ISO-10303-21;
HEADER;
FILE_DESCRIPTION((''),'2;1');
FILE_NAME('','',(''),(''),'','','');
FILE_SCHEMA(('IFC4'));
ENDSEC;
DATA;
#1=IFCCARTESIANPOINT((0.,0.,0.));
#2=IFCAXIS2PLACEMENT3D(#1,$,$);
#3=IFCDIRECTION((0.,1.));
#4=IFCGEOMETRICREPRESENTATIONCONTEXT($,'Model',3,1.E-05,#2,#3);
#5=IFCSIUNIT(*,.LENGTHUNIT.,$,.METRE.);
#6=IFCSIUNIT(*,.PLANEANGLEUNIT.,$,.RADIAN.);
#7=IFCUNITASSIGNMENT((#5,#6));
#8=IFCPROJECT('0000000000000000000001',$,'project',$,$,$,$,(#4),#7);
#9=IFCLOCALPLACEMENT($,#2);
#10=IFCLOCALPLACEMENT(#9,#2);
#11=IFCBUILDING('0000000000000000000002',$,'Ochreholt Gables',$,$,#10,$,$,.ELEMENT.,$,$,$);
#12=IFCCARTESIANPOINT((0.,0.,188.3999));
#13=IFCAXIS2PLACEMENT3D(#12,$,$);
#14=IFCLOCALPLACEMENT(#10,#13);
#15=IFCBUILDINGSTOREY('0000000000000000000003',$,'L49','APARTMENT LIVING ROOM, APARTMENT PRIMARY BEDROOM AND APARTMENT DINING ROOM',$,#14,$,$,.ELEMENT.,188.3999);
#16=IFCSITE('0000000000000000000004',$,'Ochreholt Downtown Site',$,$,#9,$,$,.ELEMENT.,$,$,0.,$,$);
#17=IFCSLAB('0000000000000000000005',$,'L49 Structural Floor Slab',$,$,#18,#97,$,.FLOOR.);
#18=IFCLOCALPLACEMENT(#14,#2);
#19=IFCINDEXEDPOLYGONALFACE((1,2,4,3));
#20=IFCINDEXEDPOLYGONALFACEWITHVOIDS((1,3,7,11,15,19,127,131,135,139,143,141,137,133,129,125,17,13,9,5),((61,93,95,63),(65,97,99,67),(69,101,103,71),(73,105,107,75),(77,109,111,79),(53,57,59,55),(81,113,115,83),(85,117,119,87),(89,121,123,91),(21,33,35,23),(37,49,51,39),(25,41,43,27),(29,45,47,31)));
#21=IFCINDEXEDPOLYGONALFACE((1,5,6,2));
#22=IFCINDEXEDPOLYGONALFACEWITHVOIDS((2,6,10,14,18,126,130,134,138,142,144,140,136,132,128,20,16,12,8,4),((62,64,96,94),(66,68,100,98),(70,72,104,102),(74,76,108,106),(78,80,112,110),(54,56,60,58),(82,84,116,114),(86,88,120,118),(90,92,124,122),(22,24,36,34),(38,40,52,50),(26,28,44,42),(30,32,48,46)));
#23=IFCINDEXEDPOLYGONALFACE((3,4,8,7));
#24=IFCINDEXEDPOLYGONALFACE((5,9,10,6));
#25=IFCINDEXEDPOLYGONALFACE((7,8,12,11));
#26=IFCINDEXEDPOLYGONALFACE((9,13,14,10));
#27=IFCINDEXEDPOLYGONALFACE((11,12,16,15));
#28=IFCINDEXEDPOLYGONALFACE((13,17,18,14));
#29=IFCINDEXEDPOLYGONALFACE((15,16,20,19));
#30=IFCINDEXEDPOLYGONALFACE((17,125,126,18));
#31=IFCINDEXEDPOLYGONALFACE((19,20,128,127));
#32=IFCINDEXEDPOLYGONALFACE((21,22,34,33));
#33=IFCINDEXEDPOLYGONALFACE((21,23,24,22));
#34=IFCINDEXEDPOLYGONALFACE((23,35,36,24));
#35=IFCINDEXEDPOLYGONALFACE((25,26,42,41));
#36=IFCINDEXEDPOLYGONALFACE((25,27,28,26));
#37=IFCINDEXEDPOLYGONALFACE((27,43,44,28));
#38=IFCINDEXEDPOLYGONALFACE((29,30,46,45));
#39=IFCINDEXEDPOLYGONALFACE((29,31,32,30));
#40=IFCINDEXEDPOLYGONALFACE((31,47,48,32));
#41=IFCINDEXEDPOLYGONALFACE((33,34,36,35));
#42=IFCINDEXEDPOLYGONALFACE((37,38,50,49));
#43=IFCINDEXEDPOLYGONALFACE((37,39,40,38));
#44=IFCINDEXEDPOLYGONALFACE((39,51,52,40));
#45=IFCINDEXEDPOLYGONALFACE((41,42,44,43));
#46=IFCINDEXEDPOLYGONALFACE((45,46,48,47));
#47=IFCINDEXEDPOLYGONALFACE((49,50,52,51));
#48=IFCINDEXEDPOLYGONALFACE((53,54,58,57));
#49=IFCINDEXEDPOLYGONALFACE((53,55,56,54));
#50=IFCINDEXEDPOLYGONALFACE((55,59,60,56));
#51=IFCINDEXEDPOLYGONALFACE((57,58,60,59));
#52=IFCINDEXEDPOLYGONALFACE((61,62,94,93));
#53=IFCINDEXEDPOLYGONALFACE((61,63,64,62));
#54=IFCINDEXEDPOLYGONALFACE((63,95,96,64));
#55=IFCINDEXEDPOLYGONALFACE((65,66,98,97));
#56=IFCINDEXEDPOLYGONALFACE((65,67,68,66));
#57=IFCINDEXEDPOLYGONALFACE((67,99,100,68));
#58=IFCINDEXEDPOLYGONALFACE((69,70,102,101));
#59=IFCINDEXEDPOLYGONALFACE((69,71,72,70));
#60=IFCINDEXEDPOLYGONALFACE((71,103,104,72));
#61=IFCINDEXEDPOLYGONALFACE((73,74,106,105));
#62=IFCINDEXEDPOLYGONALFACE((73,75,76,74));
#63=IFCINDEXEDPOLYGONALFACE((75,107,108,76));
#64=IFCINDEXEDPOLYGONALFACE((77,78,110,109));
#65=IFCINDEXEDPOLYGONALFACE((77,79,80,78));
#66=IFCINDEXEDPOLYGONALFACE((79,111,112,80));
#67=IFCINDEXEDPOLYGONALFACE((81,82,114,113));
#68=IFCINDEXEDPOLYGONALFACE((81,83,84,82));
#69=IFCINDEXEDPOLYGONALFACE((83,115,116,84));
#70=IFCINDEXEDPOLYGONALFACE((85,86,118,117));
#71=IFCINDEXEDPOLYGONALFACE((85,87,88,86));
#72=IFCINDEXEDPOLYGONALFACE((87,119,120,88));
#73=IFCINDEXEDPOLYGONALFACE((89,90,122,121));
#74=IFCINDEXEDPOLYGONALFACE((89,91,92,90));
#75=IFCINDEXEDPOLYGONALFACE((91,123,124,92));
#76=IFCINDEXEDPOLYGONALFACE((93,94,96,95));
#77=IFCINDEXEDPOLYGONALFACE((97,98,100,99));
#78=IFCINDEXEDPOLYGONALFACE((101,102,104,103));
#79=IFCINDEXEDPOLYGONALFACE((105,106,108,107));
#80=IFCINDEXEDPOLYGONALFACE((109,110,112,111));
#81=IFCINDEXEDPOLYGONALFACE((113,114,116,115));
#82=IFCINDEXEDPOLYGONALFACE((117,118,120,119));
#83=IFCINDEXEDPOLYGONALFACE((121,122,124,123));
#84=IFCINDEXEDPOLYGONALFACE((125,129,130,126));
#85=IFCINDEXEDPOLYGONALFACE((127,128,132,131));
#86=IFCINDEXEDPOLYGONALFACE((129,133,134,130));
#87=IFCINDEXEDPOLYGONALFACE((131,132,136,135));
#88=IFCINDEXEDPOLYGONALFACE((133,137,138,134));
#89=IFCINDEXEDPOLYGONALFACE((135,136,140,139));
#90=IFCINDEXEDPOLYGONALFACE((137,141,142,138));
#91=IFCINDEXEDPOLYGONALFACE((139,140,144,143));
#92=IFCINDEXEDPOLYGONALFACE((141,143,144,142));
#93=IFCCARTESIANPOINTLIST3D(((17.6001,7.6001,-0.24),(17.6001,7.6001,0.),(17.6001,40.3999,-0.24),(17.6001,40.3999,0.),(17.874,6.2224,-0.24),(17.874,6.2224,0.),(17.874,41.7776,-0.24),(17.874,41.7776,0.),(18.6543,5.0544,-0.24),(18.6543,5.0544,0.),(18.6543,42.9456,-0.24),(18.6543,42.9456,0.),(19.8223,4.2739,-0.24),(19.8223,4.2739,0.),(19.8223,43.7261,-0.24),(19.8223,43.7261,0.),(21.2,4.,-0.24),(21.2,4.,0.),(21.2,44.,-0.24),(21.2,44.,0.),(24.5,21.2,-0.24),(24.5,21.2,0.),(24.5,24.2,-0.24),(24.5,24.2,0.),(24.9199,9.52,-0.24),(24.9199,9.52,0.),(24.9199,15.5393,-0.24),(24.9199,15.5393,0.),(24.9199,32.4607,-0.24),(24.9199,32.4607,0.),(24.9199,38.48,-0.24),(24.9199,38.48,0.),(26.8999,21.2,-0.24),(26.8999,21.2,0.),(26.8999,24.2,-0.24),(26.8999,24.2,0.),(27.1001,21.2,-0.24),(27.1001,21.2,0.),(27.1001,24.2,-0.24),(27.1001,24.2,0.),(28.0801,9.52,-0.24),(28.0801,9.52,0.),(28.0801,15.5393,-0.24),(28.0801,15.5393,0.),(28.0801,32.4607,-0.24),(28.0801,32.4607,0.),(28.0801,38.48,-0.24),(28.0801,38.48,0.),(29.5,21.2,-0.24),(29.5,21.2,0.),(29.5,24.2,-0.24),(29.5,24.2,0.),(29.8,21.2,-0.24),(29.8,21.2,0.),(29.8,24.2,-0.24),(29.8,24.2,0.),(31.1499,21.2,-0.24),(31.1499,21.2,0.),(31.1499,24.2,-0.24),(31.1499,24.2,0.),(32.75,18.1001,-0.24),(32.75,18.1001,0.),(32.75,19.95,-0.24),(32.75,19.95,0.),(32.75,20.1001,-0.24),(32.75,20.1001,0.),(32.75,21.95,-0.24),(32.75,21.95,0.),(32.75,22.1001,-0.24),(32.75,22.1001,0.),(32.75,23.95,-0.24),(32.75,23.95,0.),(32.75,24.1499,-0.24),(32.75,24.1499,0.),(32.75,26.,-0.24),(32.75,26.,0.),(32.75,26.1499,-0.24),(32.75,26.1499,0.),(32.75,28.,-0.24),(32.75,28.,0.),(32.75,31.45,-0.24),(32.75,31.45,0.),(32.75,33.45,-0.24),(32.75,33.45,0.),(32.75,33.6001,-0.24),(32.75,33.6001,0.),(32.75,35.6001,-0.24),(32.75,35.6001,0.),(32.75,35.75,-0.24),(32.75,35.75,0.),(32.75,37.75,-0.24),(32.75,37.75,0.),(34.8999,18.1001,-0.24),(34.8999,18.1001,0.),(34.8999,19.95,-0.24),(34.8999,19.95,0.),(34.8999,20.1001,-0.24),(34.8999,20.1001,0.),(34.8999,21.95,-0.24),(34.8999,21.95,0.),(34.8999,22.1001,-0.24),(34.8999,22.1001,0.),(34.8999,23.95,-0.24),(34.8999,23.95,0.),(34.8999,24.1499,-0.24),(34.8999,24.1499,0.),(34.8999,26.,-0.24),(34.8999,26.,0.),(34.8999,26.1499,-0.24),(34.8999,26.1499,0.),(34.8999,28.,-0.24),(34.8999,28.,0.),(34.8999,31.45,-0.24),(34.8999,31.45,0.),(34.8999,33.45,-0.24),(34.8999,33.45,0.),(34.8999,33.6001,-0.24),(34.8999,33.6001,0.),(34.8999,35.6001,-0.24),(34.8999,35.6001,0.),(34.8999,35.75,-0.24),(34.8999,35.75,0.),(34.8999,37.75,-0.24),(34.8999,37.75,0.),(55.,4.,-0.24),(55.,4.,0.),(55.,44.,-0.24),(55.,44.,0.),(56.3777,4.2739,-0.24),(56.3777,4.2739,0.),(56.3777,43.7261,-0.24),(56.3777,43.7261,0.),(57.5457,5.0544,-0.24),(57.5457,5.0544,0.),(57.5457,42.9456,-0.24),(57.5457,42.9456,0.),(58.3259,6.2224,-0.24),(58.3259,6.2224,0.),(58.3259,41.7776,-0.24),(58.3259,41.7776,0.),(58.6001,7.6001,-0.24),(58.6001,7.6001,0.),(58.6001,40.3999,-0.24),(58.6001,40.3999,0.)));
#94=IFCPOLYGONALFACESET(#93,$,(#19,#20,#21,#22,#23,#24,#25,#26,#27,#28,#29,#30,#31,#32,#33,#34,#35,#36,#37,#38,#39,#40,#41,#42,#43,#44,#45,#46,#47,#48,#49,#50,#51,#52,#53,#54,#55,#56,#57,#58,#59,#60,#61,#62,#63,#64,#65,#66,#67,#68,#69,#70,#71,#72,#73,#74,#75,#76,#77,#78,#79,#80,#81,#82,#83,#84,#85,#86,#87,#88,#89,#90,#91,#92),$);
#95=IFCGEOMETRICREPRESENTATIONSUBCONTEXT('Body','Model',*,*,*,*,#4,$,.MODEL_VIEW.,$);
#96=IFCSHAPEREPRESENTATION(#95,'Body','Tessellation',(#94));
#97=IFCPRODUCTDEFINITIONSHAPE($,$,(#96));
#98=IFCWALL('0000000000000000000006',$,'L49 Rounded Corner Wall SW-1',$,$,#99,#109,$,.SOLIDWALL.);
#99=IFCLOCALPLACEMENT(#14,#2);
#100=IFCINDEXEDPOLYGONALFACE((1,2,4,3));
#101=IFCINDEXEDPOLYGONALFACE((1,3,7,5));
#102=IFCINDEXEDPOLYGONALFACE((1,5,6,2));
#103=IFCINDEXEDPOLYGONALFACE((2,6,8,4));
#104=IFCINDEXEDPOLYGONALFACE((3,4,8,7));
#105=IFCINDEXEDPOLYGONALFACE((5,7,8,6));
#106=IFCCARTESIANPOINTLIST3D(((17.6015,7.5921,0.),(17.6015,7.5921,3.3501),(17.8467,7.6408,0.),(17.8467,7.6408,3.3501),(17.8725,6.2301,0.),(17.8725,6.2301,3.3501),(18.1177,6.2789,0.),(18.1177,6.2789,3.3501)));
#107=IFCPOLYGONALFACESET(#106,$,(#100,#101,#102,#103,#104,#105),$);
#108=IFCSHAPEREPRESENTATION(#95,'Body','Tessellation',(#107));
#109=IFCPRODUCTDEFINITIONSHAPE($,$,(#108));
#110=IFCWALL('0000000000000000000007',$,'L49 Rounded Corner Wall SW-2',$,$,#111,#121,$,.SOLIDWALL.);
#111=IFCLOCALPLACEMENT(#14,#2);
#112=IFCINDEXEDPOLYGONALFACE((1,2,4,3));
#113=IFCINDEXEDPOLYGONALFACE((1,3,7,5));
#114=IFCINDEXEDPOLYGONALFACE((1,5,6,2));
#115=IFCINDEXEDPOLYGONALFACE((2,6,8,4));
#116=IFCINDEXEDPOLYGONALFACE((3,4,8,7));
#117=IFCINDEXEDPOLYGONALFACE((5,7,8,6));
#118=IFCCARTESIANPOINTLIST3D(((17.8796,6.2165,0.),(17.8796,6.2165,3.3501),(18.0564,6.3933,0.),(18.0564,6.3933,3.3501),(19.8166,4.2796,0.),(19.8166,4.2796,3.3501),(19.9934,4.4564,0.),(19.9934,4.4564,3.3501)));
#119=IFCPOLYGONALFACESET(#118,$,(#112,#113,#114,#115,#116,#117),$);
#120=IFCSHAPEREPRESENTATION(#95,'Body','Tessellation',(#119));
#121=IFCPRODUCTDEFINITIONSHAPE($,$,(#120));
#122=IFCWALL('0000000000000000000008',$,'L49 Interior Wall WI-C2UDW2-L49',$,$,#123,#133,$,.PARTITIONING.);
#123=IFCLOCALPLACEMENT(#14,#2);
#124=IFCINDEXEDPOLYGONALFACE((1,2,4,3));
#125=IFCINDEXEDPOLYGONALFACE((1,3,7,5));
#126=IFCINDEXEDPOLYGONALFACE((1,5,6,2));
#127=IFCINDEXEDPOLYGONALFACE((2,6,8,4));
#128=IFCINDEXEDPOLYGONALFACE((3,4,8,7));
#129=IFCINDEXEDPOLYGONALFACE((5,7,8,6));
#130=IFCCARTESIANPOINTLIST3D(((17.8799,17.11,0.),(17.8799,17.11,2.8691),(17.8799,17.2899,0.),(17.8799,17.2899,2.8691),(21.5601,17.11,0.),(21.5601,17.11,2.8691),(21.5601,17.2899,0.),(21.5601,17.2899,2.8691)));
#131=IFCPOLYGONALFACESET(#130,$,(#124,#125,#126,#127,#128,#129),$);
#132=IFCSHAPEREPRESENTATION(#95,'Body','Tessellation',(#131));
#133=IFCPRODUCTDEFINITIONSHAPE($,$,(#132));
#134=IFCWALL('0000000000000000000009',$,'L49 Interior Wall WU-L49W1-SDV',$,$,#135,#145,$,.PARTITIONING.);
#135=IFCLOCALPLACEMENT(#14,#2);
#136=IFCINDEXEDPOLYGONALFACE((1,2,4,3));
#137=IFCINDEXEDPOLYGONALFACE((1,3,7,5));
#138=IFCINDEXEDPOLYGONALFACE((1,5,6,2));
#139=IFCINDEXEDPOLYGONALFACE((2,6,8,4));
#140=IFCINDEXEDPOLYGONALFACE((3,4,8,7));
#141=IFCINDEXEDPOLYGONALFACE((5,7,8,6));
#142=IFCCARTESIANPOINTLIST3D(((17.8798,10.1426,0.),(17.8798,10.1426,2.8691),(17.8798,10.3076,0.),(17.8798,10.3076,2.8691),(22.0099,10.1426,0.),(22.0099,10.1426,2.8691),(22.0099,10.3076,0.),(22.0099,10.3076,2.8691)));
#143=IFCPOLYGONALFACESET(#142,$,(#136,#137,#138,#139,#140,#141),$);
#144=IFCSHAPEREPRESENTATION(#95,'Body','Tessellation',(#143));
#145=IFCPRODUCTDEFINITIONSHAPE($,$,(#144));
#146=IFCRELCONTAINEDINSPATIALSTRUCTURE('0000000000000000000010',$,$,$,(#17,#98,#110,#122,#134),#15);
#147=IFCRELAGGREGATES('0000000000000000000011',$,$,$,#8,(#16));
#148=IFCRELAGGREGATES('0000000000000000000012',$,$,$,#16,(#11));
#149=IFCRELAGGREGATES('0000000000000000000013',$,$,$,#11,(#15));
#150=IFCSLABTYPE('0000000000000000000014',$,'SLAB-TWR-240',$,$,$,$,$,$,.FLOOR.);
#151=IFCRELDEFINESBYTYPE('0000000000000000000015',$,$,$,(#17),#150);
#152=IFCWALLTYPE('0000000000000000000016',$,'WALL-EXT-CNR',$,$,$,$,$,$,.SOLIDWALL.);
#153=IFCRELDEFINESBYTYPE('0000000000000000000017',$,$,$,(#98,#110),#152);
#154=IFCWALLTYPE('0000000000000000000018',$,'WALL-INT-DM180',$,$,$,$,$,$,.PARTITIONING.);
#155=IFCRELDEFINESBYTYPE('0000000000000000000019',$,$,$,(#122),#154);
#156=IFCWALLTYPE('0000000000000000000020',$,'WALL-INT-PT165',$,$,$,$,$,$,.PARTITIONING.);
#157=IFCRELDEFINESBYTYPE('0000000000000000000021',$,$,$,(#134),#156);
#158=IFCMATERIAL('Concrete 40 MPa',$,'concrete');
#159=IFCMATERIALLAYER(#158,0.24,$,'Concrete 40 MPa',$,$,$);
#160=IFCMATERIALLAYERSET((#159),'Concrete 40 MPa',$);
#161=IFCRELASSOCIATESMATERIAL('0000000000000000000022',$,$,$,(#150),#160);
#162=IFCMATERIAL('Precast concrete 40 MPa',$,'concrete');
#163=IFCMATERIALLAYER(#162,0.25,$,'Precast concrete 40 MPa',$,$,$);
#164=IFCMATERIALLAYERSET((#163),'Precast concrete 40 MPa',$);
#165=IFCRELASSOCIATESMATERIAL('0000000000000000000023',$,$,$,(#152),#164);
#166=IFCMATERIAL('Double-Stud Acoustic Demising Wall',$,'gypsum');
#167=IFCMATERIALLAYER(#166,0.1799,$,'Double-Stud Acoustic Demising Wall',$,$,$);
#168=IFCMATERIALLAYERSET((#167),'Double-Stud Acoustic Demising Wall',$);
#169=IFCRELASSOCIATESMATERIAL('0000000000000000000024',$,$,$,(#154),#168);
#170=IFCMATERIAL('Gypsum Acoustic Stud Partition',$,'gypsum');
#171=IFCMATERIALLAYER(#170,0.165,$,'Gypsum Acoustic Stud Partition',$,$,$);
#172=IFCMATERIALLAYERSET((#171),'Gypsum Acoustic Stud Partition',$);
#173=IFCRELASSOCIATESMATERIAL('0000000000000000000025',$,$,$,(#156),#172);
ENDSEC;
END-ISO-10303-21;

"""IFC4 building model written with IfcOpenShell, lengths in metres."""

from ifc_helpers import new_model, si_unit, direction, frame, frame_2d, origin, place, context, subcontext, project, spatial, polyline, rectangle, outline, extrude, material, layer, layer_set, type_object, element, save


model = new_model("IFC4")

# Units and contexts
model_context = context("Model", 3, precision=1e-05, world=origin(), true_north=direction((0.0, 1.0)))
body_context = subcontext(model_context, "Body", "Model", "MODEL_VIEW")
ifc_project = project(units=[si_unit("LENGTHUNIT", "METRE"), si_unit("PLANEANGLEUNIT", "RADIAN")], contexts=[model_context])

# Site, building, storey
site_placement = place(None, origin())
site = spatial("IfcSite", under=ifc_project, at=site_placement, Name="Ochreholt Downtown Site", CompositionType="ELEMENT", RefElevation=0.0)
building_placement = place(site_placement, origin())
building = spatial("IfcBuilding", under=site, at=building_placement, Name="Ochreholt Gables", CompositionType="ELEMENT")
storey_placement = place(building_placement, frame((0.0, 0.0, 188.3999)))
storey = spatial("IfcBuildingStorey", under=building, at=storey_placement, Name="L49", Description="APARTMENT LIVING ROOM, APARTMENT PRIMARY BEDROOM AND APARTMENT DINING ROOM", CompositionType="ELEMENT", Elevation=188.3999)

# Shared definitions
ifc_material_1 = material(Name="Concrete 40 MPa", Category="concrete")

# Slab
ifc_layer_1 = layer(ifc_material_1, 0.24, Name="Concrete 40 MPa")
ifc_layer_set_1 = layer_set([ifc_layer_1], Name="Concrete 40 MPa")
slab_type_1 = type_object("IfcSlabType", Name="SLAB-TWR-240", PredefinedType="FLOOR", material=ifc_layer_set_1)
slab_1_placement = place(storey_placement, frame((0.0, 0.0, -0.24)))
element("IfcSlab", 1, at=slab_1_placement, inside=storey, type_object=slab_type_1, Name="L49 Structural Floor Slab", PredefinedType="FLOOR", context=body_context, shape_type="SweptSolid", body=[
    extrude(outline(polyline([(17.6001, 7.6001), (17.874, 6.2224), (18.6543, 5.0544), (19.8223, 4.2739), (21.2, 4.0), (55.0, 4.0), (56.3777, 4.2739), (57.5457, 5.0544), (58.3259, 6.2224), (58.6001, 7.6001), (58.6001, 40.3999), (58.3259, 41.7776), (57.5457, 42.9456), (56.3777, 43.7261), (55.0, 44.0), (21.2, 44.0), (19.8223, 43.7261), (18.6543, 42.9456), (17.874, 41.7776), (17.6001, 40.3999), (17.6001, 7.6001)]), holes=[polyline([(24.9199, 15.5393), (24.9199, 9.52), (28.0801, 9.52), (28.0801, 15.5393), (24.9199, 15.5393)]), polyline([(28.0801, 32.4607), (28.0801, 38.48), (24.9199, 38.48), (24.9199, 32.4607), (28.0801, 32.4607)]), polyline([(24.5, 21.2), (26.8999, 21.2), (26.8999, 24.2), (24.5, 24.2), (24.5, 21.2)]), polyline([(27.1001, 21.2), (29.5, 21.2), (29.5, 24.2), (27.1001, 24.2), (27.1001, 21.2)]), polyline([(32.75, 18.1001), (34.8999, 18.1001), (34.8999, 19.95), (32.75, 19.95), (32.75, 18.1001)]), polyline([(32.75, 20.1001), (34.8999, 20.1001), (34.8999, 21.95), (32.75, 21.95), (32.75, 20.1001)]), polyline([(32.75, 22.1001), (34.8999, 22.1001), (34.8999, 23.95), (32.75, 23.95), (32.75, 22.1001)]), polyline([(32.75, 24.1499), (34.8999, 24.1499), (34.8999, 26.0), (32.75, 26.0), (32.75, 24.1499)]), polyline([(32.75, 26.1499), (34.8999, 26.1499), (34.8999, 28.0), (32.75, 28.0), (32.75, 26.1499)]), polyline([(32.75, 31.45), (34.8999, 31.45), (34.8999, 33.45), (32.75, 33.45), (32.75, 31.45)]), polyline([(32.75, 33.6001), (34.8999, 33.6001), (34.8999, 35.6001), (32.75, 35.6001), (32.75, 33.6001)]), polyline([(32.75, 35.75), (34.8999, 35.75), (34.8999, 37.75), (32.75, 37.75), (32.75, 35.75)]), polyline([(29.8, 21.2), (31.1499, 21.2), (31.1499, 24.2), (29.8, 24.2), (29.8, 21.2)])]), origin(), (0.0, 0.0, 1.0), 0.24),
])

# Walls
ifc_material_2 = material(Name="Precast concrete 40 MPa", Category="concrete")
ifc_layer_2 = layer(ifc_material_2, 0.25, Name="Precast concrete 40 MPa")
ifc_layer_set_2 = layer_set([ifc_layer_2], Name="Precast concrete 40 MPa")
wall_type_1 = type_object("IfcWallType", Name="WALL-EXT-CNR", PredefinedType="SOLIDWALL", material=ifc_layer_set_2)
wall_1_placement = place(storey_placement, frame((17.7241, 7.6165, 0.0), z_axis=(0.0, 0.0, 1.0), x_axis=(0.195136, -0.980776, 0.0)))
element("IfcWall", 2, at=wall_1_placement, inside=storey, type_object=wall_type_1, Name="L49 Rounded Corner Wall SW-1", PredefinedType="SOLIDWALL", context=body_context, shape_type="SweptSolid", body=[
    extrude(rectangle(XDim=1.3887, YDim=0.25, at=frame_2d((0.6943, 0.0))), origin(), (0.0, 0.0, 1.0), 3.3501),
])
wall_2_placement = place(storey_placement, frame((17.968, 6.3049, 0.0), z_axis=(0.0, 0.0, 1.0), x_axis=(0.707107, -0.707107, 0.0)))
element("IfcWall", 3, at=wall_2_placement, inside=storey, type_object=wall_type_1, Name="L49 Rounded Corner Wall SW-2", PredefinedType="SOLIDWALL", context=body_context, shape_type="SweptSolid", body=[
    extrude(rectangle(XDim=2.7393, YDim=0.25, at=frame_2d((1.3696, 0.0))), origin(), (0.0, 0.0, 1.0), 3.3501),
])
ifc_material_3 = material(Name="Double-Stud Acoustic Demising Wall", Category="gypsum")
ifc_layer_3 = layer(ifc_material_3, 0.1799, Name="Double-Stud Acoustic Demising Wall")
ifc_layer_set_3 = layer_set([ifc_layer_3], Name="Double-Stud Acoustic Demising Wall")
wall_type_2 = type_object("IfcWallType", Name="WALL-INT-DM180", PredefinedType="PARTITIONING", material=ifc_layer_set_3)
wall_3_placement = place(storey_placement, frame((17.8799, 17.2, 0.0), z_axis=(0.0, 0.0, 1.0), x_axis=(1.0, 0.0, 0.0)))
element("IfcWall", 4, at=wall_3_placement, inside=storey, type_object=wall_type_2, Name="L49 Interior Wall WI-C2UDW2-L49", PredefinedType="PARTITIONING", context=body_context, shape_type="SweptSolid", body=[
    extrude(rectangle(XDim=3.6802, YDim=0.1799, at=frame_2d((1.8401, 0.0))), origin(), (0.0, 0.0, 1.0), 2.8691),
])
ifc_material_4 = material(Name="Gypsum Acoustic Stud Partition", Category="gypsum")
ifc_layer_4 = layer(ifc_material_4, 0.165, Name="Gypsum Acoustic Stud Partition")
ifc_layer_set_4 = layer_set([ifc_layer_4], Name="Gypsum Acoustic Stud Partition")
wall_type_3 = type_object("IfcWallType", Name="WALL-INT-PT165", PredefinedType="PARTITIONING", material=ifc_layer_set_4)
wall_4_placement = place(storey_placement, frame((17.8799, 10.2251, 0.0), z_axis=(0.0, 0.0, 1.0), x_axis=(1.0, 0.0, 0.0)))
element("IfcWall", 5, at=wall_4_placement, inside=storey, type_object=wall_type_3, Name="L49 Interior Wall WU-L49W1-SDV", PredefinedType="PARTITIONING", context=body_context, shape_type="SweptSolid", body=[
    extrude(rectangle(XDim=4.1301, YDim=0.165, at=frame_2d((2.0649, 0.0))), origin(), (0.0, 0.0, 1.0), 2.8691),
])

save(model, "model.ifc")
